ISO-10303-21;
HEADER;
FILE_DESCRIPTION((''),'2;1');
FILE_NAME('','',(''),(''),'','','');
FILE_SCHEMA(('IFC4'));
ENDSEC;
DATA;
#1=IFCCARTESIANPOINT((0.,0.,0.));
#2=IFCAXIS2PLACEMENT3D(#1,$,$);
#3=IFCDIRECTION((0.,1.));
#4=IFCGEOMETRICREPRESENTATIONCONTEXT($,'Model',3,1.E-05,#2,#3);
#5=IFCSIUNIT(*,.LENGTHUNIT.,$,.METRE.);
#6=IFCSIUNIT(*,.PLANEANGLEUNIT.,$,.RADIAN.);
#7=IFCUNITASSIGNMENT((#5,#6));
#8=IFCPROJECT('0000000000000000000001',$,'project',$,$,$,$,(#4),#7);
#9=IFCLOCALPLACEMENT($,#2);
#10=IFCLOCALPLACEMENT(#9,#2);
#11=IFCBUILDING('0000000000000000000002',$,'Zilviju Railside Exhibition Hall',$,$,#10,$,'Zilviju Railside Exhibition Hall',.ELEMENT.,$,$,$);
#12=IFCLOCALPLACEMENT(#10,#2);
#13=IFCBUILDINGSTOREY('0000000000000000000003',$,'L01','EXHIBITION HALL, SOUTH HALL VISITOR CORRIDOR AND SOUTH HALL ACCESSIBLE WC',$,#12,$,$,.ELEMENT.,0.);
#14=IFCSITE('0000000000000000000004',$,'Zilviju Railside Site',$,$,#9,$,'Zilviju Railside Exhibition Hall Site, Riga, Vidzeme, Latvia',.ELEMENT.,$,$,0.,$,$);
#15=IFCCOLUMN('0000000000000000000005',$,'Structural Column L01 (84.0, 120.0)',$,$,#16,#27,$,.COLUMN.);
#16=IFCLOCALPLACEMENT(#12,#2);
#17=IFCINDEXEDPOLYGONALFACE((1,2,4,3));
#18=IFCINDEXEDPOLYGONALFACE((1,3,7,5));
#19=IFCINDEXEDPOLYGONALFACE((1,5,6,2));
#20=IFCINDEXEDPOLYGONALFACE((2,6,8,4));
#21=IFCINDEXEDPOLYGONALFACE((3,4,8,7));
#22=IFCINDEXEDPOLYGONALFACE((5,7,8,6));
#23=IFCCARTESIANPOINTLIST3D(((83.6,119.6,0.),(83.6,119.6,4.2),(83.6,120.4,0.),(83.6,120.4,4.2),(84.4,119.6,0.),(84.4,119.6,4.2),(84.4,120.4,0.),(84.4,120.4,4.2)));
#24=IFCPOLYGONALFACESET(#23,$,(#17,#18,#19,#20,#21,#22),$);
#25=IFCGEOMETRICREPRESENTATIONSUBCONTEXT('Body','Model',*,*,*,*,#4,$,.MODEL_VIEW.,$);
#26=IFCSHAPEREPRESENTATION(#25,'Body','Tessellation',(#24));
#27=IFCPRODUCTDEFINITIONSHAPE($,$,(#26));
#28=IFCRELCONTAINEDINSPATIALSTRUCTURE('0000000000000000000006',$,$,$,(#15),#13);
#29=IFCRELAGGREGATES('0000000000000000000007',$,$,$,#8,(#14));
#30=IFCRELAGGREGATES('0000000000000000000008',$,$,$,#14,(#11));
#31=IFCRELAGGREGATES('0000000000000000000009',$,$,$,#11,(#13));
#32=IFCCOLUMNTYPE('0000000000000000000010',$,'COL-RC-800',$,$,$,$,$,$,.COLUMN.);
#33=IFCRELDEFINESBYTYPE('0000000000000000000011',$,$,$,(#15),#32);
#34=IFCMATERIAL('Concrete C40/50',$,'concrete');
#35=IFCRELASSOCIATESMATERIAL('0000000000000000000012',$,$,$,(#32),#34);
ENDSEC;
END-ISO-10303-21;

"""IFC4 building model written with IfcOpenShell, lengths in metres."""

from ifc_helpers import new_model, si_unit, direction, frame, origin, origin_2d, place, context, subcontext, project, spatial, rectangle, extrude, material, material_profile, profile_set, type_object, element, save


model = new_model("IFC4")

# Units and contexts
model_context = context("Model", 3, precision=1e-05, world=origin(), true_north=direction((0.0, 1.0)))
body_context = subcontext(model_context, "Body", "Model", "MODEL_VIEW")
ifc_project = project(units=[si_unit("LENGTHUNIT", "METRE"), si_unit("PLANEANGLEUNIT", "RADIAN")], contexts=[model_context])

# Site, building, storey
site_placement = place(None, origin())
site = spatial("IfcSite", under=ifc_project, at=site_placement, Name="Zilviju Railside Site", LongName="Zilviju Railside Exhibition Hall Site, Riga, Vidzeme, Latvia", CompositionType="ELEMENT", RefElevation=0.0)
building_placement = place(site_placement, origin())
building = spatial("IfcBuilding", under=site, at=building_placement, Name="Zilviju Railside Exhibition Hall", LongName="Zilviju Railside Exhibition Hall", CompositionType="ELEMENT")
storey_placement = place(building_placement, origin())
storey = spatial("IfcBuildingStorey", under=building, at=storey_placement, Name="L01", Description="EXHIBITION HALL, SOUTH HALL VISITOR CORRIDOR AND SOUTH HALL ACCESSIBLE WC", CompositionType="ELEMENT", Elevation=0.0)

# Column
ifc_material_1 = material(Name="Concrete C40/50", Category="concrete")
ifc_material_profile_1 = material_profile(ifc_material_1, rectangle(XDim=0.8, YDim=0.8, at=origin_2d()), Name="RC COL 800x800")
ifc_profile_set_1 = profile_set([ifc_material_profile_1], Name="Concrete C40/50")
column_type = type_object("IfcColumnType", Name="COL-RC-800", PredefinedType="COLUMN", material=ifc_profile_set_1)
for number, where, z_axis, x_axis, name in (
    (1, (84.0, 120.0, 0.0), (0.0, 0.0, 1.0), (1.0, 0.0, 0.0), "Structural Column L01 (84.0, 120.0)"),
):
    element("IfcColumn", number, at=place(storey_placement, frame(where, z_axis=z_axis, x_axis=x_axis)), inside=storey, type_object=column_type, Name=name, PredefinedType="COLUMN", context=body_context, shape_type="SweptSolid", body=[
        extrude(rectangle(XDim=0.8, YDim=0.8, at=origin_2d()), origin(), (0.0, 0.0, 1.0), 4.2),
    ])

save(model, "model.ifc")
